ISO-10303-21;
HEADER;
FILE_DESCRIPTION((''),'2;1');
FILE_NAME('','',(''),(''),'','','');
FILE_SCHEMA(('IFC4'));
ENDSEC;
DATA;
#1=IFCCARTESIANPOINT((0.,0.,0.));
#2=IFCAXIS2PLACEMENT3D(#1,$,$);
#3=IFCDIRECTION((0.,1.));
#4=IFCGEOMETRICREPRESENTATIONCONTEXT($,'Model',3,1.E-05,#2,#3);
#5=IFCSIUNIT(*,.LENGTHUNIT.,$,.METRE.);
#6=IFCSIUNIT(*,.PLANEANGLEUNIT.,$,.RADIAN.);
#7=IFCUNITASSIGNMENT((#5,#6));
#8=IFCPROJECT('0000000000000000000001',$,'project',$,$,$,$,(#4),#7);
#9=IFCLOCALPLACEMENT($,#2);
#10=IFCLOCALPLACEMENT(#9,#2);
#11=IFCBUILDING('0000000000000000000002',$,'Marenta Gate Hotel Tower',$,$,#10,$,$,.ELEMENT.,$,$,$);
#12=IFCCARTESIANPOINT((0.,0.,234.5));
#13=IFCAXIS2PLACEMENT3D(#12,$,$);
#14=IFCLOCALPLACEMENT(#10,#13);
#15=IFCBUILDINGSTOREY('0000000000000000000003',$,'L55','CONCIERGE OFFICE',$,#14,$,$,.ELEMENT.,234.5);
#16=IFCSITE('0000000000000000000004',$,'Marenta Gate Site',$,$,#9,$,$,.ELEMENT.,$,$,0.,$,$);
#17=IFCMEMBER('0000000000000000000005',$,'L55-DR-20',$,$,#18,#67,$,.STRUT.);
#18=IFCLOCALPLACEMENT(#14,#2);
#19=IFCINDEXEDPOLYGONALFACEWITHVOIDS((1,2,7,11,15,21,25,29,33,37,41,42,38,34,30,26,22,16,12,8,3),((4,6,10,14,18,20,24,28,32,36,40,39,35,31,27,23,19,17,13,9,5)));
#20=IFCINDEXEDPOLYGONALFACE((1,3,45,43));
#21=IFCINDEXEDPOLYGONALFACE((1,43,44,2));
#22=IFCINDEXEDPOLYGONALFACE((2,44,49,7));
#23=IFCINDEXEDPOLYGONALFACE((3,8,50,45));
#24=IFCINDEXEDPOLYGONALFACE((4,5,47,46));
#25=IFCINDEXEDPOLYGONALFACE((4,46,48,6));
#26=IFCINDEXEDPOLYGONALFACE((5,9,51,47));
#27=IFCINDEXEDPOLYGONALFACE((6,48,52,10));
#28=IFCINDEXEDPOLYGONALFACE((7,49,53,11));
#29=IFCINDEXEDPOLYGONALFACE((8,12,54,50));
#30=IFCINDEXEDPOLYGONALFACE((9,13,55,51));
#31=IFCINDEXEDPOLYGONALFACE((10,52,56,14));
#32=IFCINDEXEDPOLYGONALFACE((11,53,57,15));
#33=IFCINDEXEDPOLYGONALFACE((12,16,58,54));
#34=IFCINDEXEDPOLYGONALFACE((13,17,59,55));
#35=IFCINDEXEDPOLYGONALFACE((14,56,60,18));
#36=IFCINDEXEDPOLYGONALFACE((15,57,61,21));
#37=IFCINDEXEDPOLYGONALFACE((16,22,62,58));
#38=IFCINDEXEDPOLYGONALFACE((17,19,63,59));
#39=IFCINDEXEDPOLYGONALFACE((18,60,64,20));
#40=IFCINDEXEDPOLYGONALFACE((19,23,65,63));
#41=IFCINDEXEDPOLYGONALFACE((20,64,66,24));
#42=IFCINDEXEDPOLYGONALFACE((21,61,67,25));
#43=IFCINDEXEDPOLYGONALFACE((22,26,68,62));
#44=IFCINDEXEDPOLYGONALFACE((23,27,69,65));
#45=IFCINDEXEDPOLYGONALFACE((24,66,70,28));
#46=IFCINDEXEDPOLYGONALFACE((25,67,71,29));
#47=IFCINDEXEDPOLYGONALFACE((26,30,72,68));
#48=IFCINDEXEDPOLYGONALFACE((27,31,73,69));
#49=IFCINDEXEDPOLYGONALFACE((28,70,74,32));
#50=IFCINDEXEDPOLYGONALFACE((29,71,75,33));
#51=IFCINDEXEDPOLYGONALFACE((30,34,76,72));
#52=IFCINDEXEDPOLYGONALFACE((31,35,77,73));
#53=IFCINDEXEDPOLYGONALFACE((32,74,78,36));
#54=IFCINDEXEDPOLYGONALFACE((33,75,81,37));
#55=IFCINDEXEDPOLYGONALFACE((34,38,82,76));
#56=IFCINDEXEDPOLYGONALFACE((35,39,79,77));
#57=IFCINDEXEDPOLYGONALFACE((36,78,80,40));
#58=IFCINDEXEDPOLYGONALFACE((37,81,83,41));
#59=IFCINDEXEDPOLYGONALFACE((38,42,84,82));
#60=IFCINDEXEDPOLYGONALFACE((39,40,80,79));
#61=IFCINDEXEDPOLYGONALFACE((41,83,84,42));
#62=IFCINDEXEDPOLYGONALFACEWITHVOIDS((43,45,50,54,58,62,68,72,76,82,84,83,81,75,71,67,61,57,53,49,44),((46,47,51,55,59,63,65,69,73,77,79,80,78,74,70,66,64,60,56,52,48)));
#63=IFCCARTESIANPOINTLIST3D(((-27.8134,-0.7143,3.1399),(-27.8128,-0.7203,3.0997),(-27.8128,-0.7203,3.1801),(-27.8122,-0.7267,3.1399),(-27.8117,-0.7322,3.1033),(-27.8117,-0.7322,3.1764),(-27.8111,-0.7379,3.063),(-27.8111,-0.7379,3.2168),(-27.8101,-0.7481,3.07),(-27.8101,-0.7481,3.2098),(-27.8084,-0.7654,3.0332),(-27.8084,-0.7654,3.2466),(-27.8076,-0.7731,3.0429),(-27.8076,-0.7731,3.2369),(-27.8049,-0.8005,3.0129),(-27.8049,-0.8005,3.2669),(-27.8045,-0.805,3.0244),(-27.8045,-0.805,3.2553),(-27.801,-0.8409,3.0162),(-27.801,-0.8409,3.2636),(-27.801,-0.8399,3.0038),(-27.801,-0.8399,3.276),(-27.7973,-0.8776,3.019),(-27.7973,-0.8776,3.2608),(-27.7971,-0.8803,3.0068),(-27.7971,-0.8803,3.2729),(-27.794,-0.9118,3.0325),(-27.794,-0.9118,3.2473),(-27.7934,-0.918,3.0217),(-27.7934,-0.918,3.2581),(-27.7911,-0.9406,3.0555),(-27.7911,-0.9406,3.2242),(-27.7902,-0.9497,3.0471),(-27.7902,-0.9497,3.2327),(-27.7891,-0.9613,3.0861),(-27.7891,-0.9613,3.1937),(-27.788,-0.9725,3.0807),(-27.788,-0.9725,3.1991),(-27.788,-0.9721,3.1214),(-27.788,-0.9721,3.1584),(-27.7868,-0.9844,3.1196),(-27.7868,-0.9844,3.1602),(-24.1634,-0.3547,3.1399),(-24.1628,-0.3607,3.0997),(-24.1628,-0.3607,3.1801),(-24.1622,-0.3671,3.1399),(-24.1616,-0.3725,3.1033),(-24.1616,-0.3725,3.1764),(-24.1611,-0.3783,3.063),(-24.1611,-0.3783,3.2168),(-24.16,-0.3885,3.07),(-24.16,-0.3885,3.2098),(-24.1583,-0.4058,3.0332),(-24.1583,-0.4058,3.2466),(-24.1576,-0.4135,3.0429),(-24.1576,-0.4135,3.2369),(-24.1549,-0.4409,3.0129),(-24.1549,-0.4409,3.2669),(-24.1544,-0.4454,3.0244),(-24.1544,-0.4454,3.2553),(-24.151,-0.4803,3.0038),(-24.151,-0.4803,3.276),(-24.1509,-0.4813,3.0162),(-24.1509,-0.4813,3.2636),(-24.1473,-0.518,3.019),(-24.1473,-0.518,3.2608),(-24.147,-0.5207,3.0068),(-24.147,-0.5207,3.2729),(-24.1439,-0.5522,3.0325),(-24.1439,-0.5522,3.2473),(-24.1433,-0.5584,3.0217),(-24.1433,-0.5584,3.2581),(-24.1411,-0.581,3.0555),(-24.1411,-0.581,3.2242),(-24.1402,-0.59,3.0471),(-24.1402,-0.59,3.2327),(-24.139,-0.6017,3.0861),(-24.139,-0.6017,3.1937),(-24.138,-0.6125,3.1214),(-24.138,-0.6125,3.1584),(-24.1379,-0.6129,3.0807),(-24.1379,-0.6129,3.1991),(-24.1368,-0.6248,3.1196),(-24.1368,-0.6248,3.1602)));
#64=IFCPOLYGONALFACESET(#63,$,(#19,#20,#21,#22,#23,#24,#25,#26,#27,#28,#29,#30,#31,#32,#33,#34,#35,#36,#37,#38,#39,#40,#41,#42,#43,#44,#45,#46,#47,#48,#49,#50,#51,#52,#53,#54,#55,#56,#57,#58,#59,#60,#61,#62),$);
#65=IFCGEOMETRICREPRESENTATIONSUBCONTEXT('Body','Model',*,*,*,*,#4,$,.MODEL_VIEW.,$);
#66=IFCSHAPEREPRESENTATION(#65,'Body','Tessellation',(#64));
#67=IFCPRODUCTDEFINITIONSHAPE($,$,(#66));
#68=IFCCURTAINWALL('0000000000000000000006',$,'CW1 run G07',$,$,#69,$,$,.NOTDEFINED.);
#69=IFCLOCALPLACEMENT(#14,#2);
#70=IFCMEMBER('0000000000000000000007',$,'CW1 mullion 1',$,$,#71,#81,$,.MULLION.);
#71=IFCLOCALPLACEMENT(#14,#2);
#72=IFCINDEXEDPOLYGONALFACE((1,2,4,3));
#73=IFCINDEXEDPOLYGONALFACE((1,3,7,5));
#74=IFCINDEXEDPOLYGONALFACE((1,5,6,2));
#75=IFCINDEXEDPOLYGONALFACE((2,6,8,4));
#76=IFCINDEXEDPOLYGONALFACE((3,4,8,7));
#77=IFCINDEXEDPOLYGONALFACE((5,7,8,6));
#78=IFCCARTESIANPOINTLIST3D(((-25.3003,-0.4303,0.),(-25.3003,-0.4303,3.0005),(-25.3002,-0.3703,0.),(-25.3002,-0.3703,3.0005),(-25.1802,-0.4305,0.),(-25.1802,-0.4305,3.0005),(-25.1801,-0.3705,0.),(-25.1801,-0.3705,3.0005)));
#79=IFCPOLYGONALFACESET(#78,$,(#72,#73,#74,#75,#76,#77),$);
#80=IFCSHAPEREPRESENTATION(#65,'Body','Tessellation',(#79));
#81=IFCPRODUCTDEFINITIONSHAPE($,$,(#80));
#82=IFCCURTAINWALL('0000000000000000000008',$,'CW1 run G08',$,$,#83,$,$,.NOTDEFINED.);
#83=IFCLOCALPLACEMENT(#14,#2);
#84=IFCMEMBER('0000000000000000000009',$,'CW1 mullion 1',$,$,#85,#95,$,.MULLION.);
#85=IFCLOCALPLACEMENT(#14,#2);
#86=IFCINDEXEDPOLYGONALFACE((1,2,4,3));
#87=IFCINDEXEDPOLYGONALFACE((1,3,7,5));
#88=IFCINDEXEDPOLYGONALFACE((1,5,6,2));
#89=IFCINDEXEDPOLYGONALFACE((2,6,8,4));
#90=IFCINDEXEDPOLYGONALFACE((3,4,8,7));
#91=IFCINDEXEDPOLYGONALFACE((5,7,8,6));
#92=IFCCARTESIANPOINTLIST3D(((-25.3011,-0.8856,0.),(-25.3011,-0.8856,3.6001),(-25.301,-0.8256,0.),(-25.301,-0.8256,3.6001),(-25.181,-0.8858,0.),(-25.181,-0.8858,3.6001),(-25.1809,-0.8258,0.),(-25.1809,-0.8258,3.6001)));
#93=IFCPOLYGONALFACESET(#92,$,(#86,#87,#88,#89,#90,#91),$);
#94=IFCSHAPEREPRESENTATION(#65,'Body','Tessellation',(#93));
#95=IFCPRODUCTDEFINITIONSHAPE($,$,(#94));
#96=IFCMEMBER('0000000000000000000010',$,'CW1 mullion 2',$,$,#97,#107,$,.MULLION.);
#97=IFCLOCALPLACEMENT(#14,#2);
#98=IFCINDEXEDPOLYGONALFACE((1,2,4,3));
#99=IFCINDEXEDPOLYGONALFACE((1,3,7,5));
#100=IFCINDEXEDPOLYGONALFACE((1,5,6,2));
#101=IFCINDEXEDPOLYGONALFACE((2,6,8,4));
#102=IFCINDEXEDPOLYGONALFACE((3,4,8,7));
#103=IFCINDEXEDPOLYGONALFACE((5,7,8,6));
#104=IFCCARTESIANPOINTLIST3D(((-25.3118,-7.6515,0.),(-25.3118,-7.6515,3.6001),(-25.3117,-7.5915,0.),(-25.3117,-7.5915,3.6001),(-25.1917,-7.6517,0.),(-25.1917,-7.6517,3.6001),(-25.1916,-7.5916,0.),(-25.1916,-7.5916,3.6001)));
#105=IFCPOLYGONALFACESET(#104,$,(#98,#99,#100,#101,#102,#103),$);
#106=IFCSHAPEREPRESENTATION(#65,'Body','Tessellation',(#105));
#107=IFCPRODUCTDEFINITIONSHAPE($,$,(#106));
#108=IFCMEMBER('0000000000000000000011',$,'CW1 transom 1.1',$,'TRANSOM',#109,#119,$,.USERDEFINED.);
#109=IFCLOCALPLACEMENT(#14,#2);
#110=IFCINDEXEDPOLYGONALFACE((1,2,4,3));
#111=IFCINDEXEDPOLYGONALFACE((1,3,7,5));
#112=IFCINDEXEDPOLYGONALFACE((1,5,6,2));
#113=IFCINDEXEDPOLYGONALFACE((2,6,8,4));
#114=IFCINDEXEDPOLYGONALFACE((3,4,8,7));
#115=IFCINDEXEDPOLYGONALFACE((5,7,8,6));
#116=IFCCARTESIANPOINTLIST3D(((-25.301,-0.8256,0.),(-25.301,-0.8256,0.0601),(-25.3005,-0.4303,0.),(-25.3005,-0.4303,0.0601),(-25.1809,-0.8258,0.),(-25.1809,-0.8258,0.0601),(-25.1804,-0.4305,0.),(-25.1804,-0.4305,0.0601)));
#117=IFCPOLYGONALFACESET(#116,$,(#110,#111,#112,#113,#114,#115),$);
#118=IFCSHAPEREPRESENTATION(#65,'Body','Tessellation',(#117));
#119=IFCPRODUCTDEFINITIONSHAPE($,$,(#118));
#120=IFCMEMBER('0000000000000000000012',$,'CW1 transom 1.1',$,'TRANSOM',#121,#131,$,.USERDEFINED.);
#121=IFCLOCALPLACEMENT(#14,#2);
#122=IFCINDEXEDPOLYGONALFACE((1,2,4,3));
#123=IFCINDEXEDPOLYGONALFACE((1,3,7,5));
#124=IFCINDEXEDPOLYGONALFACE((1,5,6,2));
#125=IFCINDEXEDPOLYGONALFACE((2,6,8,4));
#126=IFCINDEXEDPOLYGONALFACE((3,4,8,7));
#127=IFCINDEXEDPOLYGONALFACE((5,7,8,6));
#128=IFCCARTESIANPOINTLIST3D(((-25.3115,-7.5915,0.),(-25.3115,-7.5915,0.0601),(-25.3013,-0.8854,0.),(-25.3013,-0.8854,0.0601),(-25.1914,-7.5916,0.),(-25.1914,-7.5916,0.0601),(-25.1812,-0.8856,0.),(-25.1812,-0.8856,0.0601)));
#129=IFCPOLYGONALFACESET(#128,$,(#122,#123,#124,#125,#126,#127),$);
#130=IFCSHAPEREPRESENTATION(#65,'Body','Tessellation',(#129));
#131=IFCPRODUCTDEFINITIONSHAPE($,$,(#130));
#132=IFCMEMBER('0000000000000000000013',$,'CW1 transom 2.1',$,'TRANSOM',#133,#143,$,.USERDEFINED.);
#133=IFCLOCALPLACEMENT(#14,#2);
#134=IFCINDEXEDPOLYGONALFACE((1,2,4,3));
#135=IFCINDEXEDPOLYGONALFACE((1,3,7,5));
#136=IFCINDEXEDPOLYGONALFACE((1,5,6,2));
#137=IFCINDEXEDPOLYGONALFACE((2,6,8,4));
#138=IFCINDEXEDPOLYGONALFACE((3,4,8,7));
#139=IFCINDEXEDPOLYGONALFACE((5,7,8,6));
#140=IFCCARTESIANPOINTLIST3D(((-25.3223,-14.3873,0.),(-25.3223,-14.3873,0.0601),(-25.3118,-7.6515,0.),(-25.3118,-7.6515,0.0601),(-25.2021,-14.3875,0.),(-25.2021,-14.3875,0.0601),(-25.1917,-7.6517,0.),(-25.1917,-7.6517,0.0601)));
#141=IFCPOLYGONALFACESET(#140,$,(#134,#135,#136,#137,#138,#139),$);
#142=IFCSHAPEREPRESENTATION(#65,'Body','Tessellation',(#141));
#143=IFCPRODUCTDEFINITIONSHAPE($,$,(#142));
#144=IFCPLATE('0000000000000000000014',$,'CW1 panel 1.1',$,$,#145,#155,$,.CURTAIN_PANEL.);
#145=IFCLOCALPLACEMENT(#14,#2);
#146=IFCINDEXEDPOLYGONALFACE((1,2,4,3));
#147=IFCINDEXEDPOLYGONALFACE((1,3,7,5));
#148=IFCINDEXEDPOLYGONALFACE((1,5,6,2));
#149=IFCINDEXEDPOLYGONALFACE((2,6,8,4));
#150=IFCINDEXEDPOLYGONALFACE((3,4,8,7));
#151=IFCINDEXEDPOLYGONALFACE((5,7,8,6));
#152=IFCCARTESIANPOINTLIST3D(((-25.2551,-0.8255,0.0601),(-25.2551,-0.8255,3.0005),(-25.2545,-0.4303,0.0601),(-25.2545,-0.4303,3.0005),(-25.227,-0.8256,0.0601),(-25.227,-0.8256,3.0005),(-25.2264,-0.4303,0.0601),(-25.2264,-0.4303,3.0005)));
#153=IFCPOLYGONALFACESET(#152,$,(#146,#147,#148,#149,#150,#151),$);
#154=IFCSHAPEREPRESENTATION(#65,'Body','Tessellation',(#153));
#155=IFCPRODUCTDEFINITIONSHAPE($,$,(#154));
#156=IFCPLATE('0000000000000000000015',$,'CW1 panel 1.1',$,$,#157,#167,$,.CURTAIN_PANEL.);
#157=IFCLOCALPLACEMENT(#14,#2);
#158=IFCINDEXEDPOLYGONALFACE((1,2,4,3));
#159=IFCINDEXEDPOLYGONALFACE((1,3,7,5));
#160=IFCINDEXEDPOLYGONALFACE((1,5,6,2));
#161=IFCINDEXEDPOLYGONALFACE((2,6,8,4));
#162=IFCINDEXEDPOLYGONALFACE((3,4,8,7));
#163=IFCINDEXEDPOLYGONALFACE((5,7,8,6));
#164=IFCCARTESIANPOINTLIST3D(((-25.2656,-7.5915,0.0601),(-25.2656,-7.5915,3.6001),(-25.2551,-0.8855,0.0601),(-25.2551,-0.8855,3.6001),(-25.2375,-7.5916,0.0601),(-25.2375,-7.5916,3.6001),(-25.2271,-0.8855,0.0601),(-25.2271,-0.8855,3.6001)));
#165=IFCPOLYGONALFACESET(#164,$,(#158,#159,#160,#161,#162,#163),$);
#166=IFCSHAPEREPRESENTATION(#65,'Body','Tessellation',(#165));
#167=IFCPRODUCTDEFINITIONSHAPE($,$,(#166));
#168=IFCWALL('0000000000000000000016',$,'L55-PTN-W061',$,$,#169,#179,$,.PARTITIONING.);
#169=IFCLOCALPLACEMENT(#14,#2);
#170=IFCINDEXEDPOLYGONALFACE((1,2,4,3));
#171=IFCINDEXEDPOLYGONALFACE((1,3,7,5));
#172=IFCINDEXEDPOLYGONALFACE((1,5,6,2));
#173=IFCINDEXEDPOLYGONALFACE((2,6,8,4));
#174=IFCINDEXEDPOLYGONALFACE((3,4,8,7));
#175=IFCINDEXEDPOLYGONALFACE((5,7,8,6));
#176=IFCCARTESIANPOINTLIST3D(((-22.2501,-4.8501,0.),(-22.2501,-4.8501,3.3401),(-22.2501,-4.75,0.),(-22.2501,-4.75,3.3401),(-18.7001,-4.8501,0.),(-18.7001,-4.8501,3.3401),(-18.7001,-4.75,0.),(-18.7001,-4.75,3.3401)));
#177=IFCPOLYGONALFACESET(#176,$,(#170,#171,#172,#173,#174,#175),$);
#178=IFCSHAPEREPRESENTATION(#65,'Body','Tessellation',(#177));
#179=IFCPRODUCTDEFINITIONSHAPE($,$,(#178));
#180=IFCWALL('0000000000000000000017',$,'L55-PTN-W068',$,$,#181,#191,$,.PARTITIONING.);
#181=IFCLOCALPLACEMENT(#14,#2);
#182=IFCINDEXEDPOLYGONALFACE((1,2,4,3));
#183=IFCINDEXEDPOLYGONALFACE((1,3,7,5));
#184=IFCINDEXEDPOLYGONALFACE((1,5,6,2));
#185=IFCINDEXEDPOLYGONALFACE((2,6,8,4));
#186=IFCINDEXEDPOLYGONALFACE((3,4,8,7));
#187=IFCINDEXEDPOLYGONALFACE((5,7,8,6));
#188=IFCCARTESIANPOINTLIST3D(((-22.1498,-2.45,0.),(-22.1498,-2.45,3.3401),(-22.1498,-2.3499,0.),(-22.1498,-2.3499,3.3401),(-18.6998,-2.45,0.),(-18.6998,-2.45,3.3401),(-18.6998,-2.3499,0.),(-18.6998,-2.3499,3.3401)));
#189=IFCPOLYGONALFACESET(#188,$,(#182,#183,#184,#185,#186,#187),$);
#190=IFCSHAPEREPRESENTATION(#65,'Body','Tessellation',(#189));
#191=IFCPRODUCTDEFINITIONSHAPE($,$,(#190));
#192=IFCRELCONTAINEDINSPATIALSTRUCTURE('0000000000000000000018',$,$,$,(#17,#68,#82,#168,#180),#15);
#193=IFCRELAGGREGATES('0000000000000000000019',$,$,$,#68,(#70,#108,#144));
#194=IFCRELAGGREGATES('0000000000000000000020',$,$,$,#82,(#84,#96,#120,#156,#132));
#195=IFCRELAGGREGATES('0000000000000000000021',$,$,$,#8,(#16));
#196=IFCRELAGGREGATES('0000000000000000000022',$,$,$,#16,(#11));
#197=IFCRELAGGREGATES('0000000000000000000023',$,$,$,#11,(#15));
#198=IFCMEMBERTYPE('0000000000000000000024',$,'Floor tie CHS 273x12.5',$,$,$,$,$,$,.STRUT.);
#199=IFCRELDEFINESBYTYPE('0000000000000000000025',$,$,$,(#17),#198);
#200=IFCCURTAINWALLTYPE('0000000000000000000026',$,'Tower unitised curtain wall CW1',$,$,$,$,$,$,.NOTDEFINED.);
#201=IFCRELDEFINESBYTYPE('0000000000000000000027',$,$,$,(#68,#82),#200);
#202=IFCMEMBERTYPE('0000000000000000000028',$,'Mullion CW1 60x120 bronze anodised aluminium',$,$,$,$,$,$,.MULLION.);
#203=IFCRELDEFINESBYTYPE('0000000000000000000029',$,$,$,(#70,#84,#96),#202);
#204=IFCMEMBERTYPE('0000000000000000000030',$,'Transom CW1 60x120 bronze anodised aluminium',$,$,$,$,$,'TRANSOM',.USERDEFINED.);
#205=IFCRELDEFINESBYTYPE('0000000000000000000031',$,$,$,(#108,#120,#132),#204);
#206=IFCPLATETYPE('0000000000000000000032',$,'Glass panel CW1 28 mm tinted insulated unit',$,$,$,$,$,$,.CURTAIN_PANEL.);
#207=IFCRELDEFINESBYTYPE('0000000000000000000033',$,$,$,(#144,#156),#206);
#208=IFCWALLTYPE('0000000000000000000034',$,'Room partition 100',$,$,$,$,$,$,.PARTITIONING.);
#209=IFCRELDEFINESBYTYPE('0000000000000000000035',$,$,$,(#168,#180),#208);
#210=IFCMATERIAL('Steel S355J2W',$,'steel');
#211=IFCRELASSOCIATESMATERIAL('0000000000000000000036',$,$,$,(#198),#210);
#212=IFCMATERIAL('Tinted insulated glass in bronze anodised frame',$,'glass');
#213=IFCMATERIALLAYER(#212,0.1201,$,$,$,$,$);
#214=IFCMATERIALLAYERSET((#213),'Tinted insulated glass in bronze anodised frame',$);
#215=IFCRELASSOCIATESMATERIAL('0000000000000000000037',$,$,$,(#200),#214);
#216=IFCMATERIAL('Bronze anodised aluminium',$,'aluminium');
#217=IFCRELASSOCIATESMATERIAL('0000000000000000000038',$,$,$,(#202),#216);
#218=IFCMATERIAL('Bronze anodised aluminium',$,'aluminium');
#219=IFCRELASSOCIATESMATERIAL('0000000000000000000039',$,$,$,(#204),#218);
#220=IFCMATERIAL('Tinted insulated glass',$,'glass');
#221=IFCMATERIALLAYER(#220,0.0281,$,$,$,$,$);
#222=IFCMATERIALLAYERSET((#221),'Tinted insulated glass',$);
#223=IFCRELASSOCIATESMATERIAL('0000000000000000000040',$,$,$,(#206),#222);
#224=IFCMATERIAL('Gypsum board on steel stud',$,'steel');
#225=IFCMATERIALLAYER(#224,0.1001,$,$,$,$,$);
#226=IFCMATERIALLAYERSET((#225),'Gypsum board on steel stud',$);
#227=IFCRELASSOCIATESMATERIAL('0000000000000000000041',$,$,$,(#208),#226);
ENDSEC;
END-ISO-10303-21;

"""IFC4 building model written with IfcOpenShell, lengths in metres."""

from ifc_helpers import new_model, si_unit, direction, frame, frame_2d, origin, origin_2d, place, context, subcontext, project, spatial, rectangle, hollow_circle, extrude, material, layer, layer_set, material_profile, profile_set, type_object, element, aggregate, save


model = new_model("IFC4")

# Units and contexts
model_context = context("Model", 3, precision=1e-05, world=origin(), true_north=direction((0.0, 1.0)))
body_context = subcontext(model_context, "Body", "Model", "MODEL_VIEW")
ifc_project = project(units=[si_unit("LENGTHUNIT", "METRE"), si_unit("PLANEANGLEUNIT", "RADIAN")], contexts=[model_context])

# Site, building, storey
site_placement = place(None, origin())
site = spatial("IfcSite", under=ifc_project, at=site_placement, Name="Marenta Gate Site", CompositionType="ELEMENT", RefElevation=0.0)
building_placement = place(site_placement, origin())
building = spatial("IfcBuilding", under=site, at=building_placement, Name="Marenta Gate Hotel Tower", CompositionType="ELEMENT")
storey_placement = place(building_placement, frame((0.0, 0.0, 234.5)))
storey = spatial("IfcBuildingStorey", under=building, at=storey_placement, Name="L55", Description="CONCIERGE OFFICE", CompositionType="ELEMENT", Elevation=234.5)

# Member
ifc_material_1 = material(Name="Steel S355J2W", Category="steel")
ifc_material_profile_1 = material_profile(ifc_material_1, hollow_circle(Radius=0.1365, WallThickness=0.0125, at=origin_2d()), Name="CHS 273x12.5")
ifc_profile_set_1 = profile_set([ifc_material_profile_1], Name="Steel S355J2W")
member_type_1 = type_object("IfcMemberType", Name="Floor tie CHS 273x12.5", PredefinedType="STRUT", material=ifc_profile_set_1)
member_1_placement = place(storey_placement, frame((-27.8, -0.8501, 3.1399), z_axis=(0.995182, 0.098047, 0.0), x_axis=(-0.098047, 0.995182, 0.0)))
element("IfcMember", 1, at=member_1_placement, inside=storey, type_object=member_type_1, Name="L55-DR-20", PredefinedType="STRUT", context=body_context, shape_type="SweptSolid", body=[
    extrude(hollow_circle(Radius=0.1365, WallThickness=0.0125, at=origin_2d()), origin(), (0.0, 0.0, 1.0), 3.6677),
])

# Curtain wall, member
ifc_material_2 = material(Name="Tinted insulated glass in bronze anodised frame", Category="glass")
ifc_layer_1 = layer(ifc_material_2, 0.1201)
ifc_layer_set_1 = layer_set([ifc_layer_1], Name="Tinted insulated glass in bronze anodised frame")
curtain_wall_type = type_object("IfcCurtainWallType", Name="Tower unitised curtain wall CW1", PredefinedType="NOTDEFINED", material=ifc_layer_set_1)
curtain_wall_1_placement = place(storey_placement, origin())
curtain_wall_1 = element("IfcCurtainWall", 2, at=curtain_wall_1_placement, inside=storey, type_object=curtain_wall_type, Name="CW1 run G07", PredefinedType="NOTDEFINED")
ifc_material_3 = material(Name="Bronze anodised aluminium", Category="aluminium")
ifc_material_profile_2 = material_profile(ifc_material_3, rectangle(XDim=0.1201, YDim=0.0601, at=origin_2d()), Name="Mullion CW1 60x120 bronze anodised aluminium")
ifc_profile_set_2 = profile_set([ifc_material_profile_2], Name="Bronze anodised aluminium")
member_type_2 = type_object("IfcMemberType", Name="Mullion CW1 60x120 bronze anodised aluminium", PredefinedType="MULLION", material=ifc_profile_set_2)
member_2_placement = place(storey_placement, frame((-25.2402, -0.4004, 0.0), z_axis=(0.0, 0.0, 1.0), x_axis=(0.999999, -0.001538, 0.0)))
member_2 = element("IfcMember", 3, at=member_2_placement, type_object=member_type_2, Name="CW1 mullion 1", PredefinedType="MULLION", context=body_context, shape_type="SweptSolid", body=[
    extrude(rectangle(XDim=0.1201, YDim=0.0601, at=origin_2d()), origin(), (0.0, 0.0, 1.0), 3.0005),
])

# Curtain wall, members
curtain_wall_2_placement = place(storey_placement, origin())
curtain_wall_2 = element("IfcCurtainWall", 4, at=curtain_wall_2_placement, inside=storey, type_object=curtain_wall_type, Name="CW1 run G08", PredefinedType="NOTDEFINED")
member_3_placement = place(storey_placement, frame((-25.241, -0.8557, 0.0), z_axis=(0.0, 0.0, 1.0), x_axis=(0.999999, -0.001565, 0.0)))
member_3 = element("IfcMember", 5, at=member_3_placement, type_object=member_type_2, Name="CW1 mullion 1", PredefinedType="MULLION", context=body_context, shape_type="SweptSolid", body=[
    extrude(rectangle(XDim=0.1201, YDim=0.0601, at=origin_2d()), origin(), (0.0, 0.0, 1.0), 3.6001),
])
member_4_placement = place(storey_placement, frame((-25.2517, -7.6216, 0.0), z_axis=(0.0, 0.0, 1.0), x_axis=(0.999999, -0.001565, 0.0)))
member_4 = element("IfcMember", 6, at=member_4_placement, type_object=member_type_2, Name="CW1 mullion 2", PredefinedType="MULLION", context=body_context, shape_type="SweptSolid", body=[
    extrude(rectangle(XDim=0.1201, YDim=0.0601, at=origin_2d()), origin(), (0.0, 0.0, 1.0), 3.6001),
])

# Members
ifc_material_4 = material(Name="Bronze anodised aluminium", Category="aluminium")
ifc_material_profile_3 = material_profile(ifc_material_4, rectangle(XDim=0.1201, YDim=0.0601, at=origin_2d()), Name="Transom CW1 60x120 bronze anodised aluminium")
ifc_profile_set_3 = profile_set([ifc_material_profile_3], Name="Bronze anodised aluminium")
member_type_3 = type_object("IfcMemberType", Name="Transom CW1 60x120 bronze anodised aluminium", ElementType="TRANSOM", PredefinedType="USERDEFINED", material=ifc_profile_set_3)
member_5_placement = place(storey_placement, frame((-25.2405, -0.4304, 0.03), z_axis=(-0.001235, -0.999999, 0.0), x_axis=(0.999999, -0.001235, 0.0)))
member_5 = element("IfcMember", 7, at=member_5_placement, type_object=member_type_3, Name="CW1 transom 1.1", ObjectType="TRANSOM", PredefinedType="USERDEFINED", context=body_context, shape_type="SweptSolid", body=[
    extrude(rectangle(XDim=0.1201, YDim=0.0601, at=origin_2d()), origin(), (0.0, 0.0, 1.0), 0.3953),
])
member_6_placement = place(storey_placement, frame((-25.2412, -0.8855, 0.03), z_axis=(-0.001529, -0.999999, 0.0), x_axis=(0.999999, -0.001529, 0.0)))
member_6 = element("IfcMember", 8, at=member_6_placement, type_object=member_type_3, Name="CW1 transom 1.1", ObjectType="TRANSOM", PredefinedType="USERDEFINED", context=body_context, shape_type="SweptSolid", body=[
    extrude(rectangle(XDim=0.1201, YDim=0.0601, at=origin_2d()), origin(), (0.0, 0.0, 1.0), 6.7061),
])
member_7_placement = place(storey_placement, frame((-25.2517, -7.6516, 0.03), z_axis=(-0.001559, -0.999999, 0.0), x_axis=(0.999999, -0.001559, 0.0)))
member_7 = element("IfcMember", 9, at=member_7_placement, type_object=member_type_3, Name="CW1 transom 2.1", ObjectType="TRANSOM", PredefinedType="USERDEFINED", context=body_context, shape_type="SweptSolid", body=[
    extrude(rectangle(XDim=0.1201, YDim=0.0601, at=origin_2d()), origin(), (0.0, 0.0, 1.0), 6.7358),
])

# Plates
ifc_material_5 = material(Name="Tinted insulated glass", Category="glass")
ifc_layer_2 = layer(ifc_material_5, 0.0281)
ifc_layer_set_2 = layer_set([ifc_layer_2], Name="Tinted insulated glass")
plate_type = type_object("IfcPlateType", Name="Glass panel CW1 28 mm tinted insulated unit", PredefinedType="CURTAIN_PANEL", material=ifc_layer_set_2)
plate_1_placement = place(storey_placement, frame((-25.2407, -0.6279, 0.0601), z_axis=(0.0, 0.0, 1.0), x_axis=(-0.001538, -0.999999, 0.0)))
plate_1 = element("IfcPlate", 10, at=plate_1_placement, type_object=plate_type, Name="CW1 panel 1.1", PredefinedType="CURTAIN_PANEL", context=body_context, shape_type="SweptSolid", body=[
    extrude(rectangle(XDim=0.3953, YDim=0.0281, at=origin_2d()), origin(), (0.0, 0.0, 1.0), 2.9404),
])
aggregate(curtain_wall_1, [member_2, member_5, plate_1])
plate_2_placement = place(storey_placement, frame((-25.2463, -4.2385, 0.0601), z_axis=(0.0, 0.0, 1.0), x_axis=(-0.001565, -0.999999, 0.0)))
plate_2 = element("IfcPlate", 11, at=plate_2_placement, type_object=plate_type, Name="CW1 panel 1.1", PredefinedType="CURTAIN_PANEL", context=body_context, shape_type="SweptSolid", body=[
    extrude(rectangle(XDim=6.7061, YDim=0.0281, at=origin_2d()), origin(), (0.0, 0.0, 1.0), 3.54),
])
aggregate(curtain_wall_2, [member_3, member_4, member_6, plate_2, member_7])

# Walls
ifc_material_6 = material(Name="Gypsum board on steel stud", Category="steel")
ifc_layer_3 = layer(ifc_material_6, 0.1001)
ifc_layer_set_3 = layer_set([ifc_layer_3], Name="Gypsum board on steel stud")
wall_type_1 = type_object("IfcWallType", Name="Room partition 100", PredefinedType="PARTITIONING", material=ifc_layer_set_3)
wall_1_placement = place(storey_placement, frame((-22.25, -4.8, 0.0), z_axis=(0.0, 0.0, 1.0), x_axis=(1.0, 0.0, 0.0)))
element("IfcWall", 12, at=wall_1_placement, inside=storey, type_object=wall_type_1, Name="L55-PTN-W061", PredefinedType="PARTITIONING", context=body_context, shape_type="SweptSolid", body=[
    extrude(rectangle(XDim=3.55, YDim=0.1001, at=frame_2d((1.7749, 0.0))), origin(), (0.0, 0.0, 1.0), 3.3401),
])
wall_2_placement = place(storey_placement, frame((-22.1499, -2.3999, 0.0), z_axis=(0.0, 0.0, 1.0), x_axis=(1.0, 0.0, 0.0)))
element("IfcWall", 13, at=wall_2_placement, inside=storey, type_object=wall_type_1, Name="L55-PTN-W068", PredefinedType="PARTITIONING", context=body_context, shape_type="SweptSolid", body=[
    extrude(rectangle(XDim=3.45, YDim=0.1001, at=frame_2d((1.7251, 0.0))), origin(), (0.0, 0.0, 1.0), 3.3401),
])

save(model, "model.ifc")
